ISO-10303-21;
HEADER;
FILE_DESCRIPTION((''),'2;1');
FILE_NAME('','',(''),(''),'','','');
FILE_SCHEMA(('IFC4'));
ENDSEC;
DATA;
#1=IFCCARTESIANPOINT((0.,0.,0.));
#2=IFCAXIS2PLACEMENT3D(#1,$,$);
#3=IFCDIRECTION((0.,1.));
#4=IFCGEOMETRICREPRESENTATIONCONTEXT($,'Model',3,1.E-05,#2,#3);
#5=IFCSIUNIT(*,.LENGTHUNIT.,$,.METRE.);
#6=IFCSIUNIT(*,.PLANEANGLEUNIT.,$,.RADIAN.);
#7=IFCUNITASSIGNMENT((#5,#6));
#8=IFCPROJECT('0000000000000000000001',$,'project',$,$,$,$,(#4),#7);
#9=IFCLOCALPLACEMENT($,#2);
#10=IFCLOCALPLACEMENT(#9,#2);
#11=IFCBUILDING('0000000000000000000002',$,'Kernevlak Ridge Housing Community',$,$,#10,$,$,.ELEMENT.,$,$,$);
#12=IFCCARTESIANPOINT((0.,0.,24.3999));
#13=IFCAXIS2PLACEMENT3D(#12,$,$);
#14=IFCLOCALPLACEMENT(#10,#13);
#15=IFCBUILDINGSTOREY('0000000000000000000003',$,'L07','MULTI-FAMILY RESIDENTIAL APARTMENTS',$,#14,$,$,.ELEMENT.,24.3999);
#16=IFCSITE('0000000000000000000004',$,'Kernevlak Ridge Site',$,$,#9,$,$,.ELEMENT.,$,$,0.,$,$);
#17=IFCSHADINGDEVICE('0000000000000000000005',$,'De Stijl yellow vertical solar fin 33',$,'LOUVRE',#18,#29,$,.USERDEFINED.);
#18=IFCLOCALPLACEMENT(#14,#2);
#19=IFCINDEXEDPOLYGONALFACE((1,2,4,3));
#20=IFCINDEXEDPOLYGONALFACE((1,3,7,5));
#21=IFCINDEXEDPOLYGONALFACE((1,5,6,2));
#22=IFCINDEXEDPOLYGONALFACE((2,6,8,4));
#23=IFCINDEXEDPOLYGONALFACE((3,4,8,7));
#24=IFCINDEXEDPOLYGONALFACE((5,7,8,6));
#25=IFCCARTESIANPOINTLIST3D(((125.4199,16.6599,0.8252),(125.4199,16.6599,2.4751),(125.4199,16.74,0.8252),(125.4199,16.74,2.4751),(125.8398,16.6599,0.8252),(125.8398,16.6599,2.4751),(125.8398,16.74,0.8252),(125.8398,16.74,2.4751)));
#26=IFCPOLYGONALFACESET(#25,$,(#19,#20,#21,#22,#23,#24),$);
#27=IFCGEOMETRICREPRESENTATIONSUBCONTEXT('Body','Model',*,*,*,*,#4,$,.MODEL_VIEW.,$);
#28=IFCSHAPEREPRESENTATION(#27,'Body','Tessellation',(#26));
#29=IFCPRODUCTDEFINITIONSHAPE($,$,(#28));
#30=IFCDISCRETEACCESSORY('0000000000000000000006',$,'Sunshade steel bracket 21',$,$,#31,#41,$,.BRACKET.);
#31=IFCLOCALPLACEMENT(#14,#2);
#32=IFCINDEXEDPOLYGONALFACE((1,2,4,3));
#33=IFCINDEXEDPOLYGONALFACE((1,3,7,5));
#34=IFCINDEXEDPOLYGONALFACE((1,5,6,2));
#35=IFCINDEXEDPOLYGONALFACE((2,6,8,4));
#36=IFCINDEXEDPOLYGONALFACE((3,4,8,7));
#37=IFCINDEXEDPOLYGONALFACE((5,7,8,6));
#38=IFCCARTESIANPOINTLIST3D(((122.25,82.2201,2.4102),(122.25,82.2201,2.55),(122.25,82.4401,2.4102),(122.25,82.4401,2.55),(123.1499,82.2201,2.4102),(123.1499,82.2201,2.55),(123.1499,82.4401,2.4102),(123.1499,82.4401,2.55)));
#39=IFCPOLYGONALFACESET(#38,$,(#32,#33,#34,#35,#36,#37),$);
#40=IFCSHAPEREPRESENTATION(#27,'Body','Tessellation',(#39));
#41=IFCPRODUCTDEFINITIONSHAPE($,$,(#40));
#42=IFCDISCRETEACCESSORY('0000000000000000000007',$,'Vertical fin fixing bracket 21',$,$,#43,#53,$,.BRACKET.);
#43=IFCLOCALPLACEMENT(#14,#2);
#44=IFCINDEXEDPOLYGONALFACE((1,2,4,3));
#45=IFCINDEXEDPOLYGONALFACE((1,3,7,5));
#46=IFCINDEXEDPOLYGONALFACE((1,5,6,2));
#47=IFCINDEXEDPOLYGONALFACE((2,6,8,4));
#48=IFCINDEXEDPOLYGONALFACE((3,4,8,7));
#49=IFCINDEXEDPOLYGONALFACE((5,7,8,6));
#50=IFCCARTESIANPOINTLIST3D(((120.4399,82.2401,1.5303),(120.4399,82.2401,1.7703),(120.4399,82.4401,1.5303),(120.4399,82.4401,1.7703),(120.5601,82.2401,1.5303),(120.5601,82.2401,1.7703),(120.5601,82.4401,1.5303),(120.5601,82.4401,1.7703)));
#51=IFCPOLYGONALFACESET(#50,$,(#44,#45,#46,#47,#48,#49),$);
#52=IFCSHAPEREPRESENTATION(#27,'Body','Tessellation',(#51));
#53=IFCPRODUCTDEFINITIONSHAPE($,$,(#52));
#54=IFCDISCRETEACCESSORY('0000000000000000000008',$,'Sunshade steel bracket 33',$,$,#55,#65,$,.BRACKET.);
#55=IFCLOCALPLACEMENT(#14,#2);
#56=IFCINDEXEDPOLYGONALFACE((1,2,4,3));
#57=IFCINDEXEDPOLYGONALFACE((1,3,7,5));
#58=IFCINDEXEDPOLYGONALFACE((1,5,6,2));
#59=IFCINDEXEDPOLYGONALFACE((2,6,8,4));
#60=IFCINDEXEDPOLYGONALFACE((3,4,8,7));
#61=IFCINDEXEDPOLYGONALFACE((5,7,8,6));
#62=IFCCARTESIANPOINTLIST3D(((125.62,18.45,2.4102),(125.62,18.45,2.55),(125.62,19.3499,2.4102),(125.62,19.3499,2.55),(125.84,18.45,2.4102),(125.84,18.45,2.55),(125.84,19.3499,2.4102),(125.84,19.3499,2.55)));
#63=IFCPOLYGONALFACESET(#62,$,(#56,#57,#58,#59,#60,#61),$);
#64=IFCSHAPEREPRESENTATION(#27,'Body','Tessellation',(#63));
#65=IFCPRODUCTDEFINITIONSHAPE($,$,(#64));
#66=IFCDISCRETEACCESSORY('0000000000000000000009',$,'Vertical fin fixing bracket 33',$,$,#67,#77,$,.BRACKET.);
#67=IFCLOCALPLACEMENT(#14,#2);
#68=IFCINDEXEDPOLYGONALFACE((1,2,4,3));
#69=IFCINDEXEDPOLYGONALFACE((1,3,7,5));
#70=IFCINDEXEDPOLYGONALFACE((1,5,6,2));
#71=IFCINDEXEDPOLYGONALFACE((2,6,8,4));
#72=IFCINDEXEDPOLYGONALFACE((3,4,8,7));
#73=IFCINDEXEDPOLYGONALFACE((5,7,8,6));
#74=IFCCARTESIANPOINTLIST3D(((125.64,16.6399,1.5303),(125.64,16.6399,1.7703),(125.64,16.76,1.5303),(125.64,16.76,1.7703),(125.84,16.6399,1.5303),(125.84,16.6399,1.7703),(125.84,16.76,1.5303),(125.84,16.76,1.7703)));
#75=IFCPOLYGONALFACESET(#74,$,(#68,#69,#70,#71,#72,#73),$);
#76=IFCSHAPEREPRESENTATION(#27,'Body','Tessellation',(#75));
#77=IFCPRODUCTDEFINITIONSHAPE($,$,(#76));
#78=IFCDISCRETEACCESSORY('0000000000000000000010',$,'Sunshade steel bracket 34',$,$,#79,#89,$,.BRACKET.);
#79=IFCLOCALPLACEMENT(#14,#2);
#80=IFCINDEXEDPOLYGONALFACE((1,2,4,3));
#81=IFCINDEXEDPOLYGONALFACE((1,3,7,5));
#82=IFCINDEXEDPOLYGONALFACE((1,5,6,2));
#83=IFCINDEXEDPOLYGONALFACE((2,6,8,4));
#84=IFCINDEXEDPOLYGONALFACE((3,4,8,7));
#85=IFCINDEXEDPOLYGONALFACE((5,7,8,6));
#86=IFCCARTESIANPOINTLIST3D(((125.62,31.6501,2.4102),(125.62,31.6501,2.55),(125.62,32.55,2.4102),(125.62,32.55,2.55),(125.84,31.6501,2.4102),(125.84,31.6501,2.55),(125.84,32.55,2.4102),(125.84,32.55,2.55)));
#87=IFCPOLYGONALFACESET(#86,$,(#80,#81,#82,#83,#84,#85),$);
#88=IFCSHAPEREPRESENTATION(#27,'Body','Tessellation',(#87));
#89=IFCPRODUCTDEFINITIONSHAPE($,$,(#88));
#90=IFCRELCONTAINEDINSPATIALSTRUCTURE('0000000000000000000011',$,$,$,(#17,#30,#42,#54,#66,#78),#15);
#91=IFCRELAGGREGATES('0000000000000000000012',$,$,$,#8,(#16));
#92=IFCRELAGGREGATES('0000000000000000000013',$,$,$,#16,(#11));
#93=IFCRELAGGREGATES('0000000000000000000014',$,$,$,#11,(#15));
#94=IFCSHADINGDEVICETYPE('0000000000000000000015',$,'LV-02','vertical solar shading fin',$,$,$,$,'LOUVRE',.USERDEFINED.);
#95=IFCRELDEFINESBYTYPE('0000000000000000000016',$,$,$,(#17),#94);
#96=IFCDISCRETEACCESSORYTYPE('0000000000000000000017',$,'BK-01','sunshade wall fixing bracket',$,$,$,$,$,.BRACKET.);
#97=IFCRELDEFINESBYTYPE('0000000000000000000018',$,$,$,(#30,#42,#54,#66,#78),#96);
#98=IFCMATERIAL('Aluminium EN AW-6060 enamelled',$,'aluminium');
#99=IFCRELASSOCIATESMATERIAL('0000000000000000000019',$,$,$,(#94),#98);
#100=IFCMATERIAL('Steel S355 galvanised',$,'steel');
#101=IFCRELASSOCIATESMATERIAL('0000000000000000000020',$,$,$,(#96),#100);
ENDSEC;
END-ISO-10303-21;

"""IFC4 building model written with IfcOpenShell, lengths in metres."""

from ifc_helpers import new_model, si_unit, direction, frame, origin, origin_2d, place, context, subcontext, project, spatial, rectangle, extrude, material, type_object, element, save


model = new_model("IFC4")

# Units and contexts
model_context = context("Model", 3, precision=1e-05, world=origin(), true_north=direction((0.0, 1.0)))
body_context = subcontext(model_context, "Body", "Model", "MODEL_VIEW")
ifc_project = project(units=[si_unit("LENGTHUNIT", "METRE"), si_unit("PLANEANGLEUNIT", "RADIAN")], contexts=[model_context])

# Site, building, storey
site_placement = place(None, origin())
site = spatial("IfcSite", under=ifc_project, at=site_placement, Name="Kernevlak Ridge Site", CompositionType="ELEMENT", RefElevation=0.0)
building_placement = place(site_placement, origin())
building = spatial("IfcBuilding", under=site, at=building_placement, Name="Kernevlak Ridge Housing Community", CompositionType="ELEMENT")
storey_placement = place(building_placement, frame((0.0, 0.0, 24.3999)))
storey = spatial("IfcBuildingStorey", under=building, at=storey_placement, Name="L07", Description="MULTI-FAMILY RESIDENTIAL APARTMENTS", CompositionType="ELEMENT", Elevation=24.3999)

# Shading device
ifc_material_1 = material(Name="Aluminium EN AW-6060 enamelled", Category="aluminium")
shading_device_type_1 = type_object("IfcShadingDeviceType", Name="LV-02", Description="vertical solar shading fin", ElementType="LOUVRE", PredefinedType="USERDEFINED", material=ifc_material_1)
for number, where, z_axis, x_axis, name in (
    (1, (125.6299, 16.7, 0.8252), (0.0, 0.0, 1.0), (0.0, 1.0, 0.0), "De Stijl yellow vertical solar fin 33"),
):
    element("IfcShadingDevice", number, at=place(storey_placement, frame(where, z_axis=z_axis, x_axis=x_axis)), inside=storey, type_object=shading_device_type_1, Name=name, ObjectType="LOUVRE", PredefinedType="USERDEFINED", context=body_context, shape_type="SweptSolid", body=[
        extrude(rectangle(XDim=0.0801, YDim=0.4199, at=origin_2d()), origin(), (0.0, 0.0, 1.0), 1.6499),
    ])

# Discrete accessories
ifc_material_2 = material(Name="Steel S355 galvanised", Category="steel")
discrete_accessory_type = type_object("IfcDiscreteAccessoryType", Name="BK-01", Description="sunshade wall fixing bracket", PredefinedType="BRACKET", material=ifc_material_2)
discrete_accessory_1_placement = place(storey_placement, frame((122.7, 82.3301, 2.4102), z_axis=(0.0, 0.0, 1.0), x_axis=(1.0, 0.0, 0.0)))
element("IfcDiscreteAccessory", 2, at=discrete_accessory_1_placement, inside=storey, type_object=discrete_accessory_type, Name="Sunshade steel bracket 21", PredefinedType="BRACKET", context=body_context, shape_type="SweptSolid", body=[
    extrude(rectangle(XDim=0.8999, YDim=0.22, at=origin_2d()), origin(), (0.0, 0.0, 1.0), 0.1399),
])
discrete_accessory_2_placement = place(storey_placement, frame((120.5, 82.3401, 1.5303), z_axis=(0.0, 0.0, 1.0), x_axis=(1.0, 0.0, 0.0)))
element("IfcDiscreteAccessory", 3, at=discrete_accessory_2_placement, inside=storey, type_object=discrete_accessory_type, Name="Vertical fin fixing bracket 21", PredefinedType="BRACKET", context=body_context, shape_type="SweptSolid", body=[
    extrude(rectangle(XDim=0.1201, YDim=0.2, at=origin_2d()), origin(), (0.0, 0.0, 1.0), 0.24),
])
discrete_accessory_3_placement = place(storey_placement, frame((125.73, 18.8999, 2.4102), z_axis=(0.0, 0.0, 1.0), x_axis=(0.0, 1.0, 0.0)))
element("IfcDiscreteAccessory", 4, at=discrete_accessory_3_placement, inside=storey, type_object=discrete_accessory_type, Name="Sunshade steel bracket 33", PredefinedType="BRACKET", context=body_context, shape_type="SweptSolid", body=[
    extrude(rectangle(XDim=0.8999, YDim=0.22, at=origin_2d()), origin(), (0.0, 0.0, 1.0), 0.1399),
])
discrete_accessory_4_placement = place(storey_placement, frame((125.74, 16.7, 1.5303), z_axis=(0.0, 0.0, 1.0), x_axis=(0.0, 1.0, 0.0)))
element("IfcDiscreteAccessory", 5, at=discrete_accessory_4_placement, inside=storey, type_object=discrete_accessory_type, Name="Vertical fin fixing bracket 33", PredefinedType="BRACKET", context=body_context, shape_type="SweptSolid", body=[
    extrude(rectangle(XDim=0.1201, YDim=0.2, at=origin_2d()), origin(), (0.0, 0.0, 1.0), 0.24),
])
discrete_accessory_5_placement = place(storey_placement, frame((125.73, 32.1001, 2.4102), z_axis=(0.0, 0.0, 1.0), x_axis=(0.0, 1.0, 0.0)))
element("IfcDiscreteAccessory", 6, at=discrete_accessory_5_placement, inside=storey, type_object=discrete_accessory_type, Name="Sunshade steel bracket 34", PredefinedType="BRACKET", context=body_context, shape_type="SweptSolid", body=[
    extrude(rectangle(XDim=0.8999, YDim=0.22, at=origin_2d()), origin(), (0.0, 0.0, 1.0), 0.1399),
])

save(model, "model.ifc")
